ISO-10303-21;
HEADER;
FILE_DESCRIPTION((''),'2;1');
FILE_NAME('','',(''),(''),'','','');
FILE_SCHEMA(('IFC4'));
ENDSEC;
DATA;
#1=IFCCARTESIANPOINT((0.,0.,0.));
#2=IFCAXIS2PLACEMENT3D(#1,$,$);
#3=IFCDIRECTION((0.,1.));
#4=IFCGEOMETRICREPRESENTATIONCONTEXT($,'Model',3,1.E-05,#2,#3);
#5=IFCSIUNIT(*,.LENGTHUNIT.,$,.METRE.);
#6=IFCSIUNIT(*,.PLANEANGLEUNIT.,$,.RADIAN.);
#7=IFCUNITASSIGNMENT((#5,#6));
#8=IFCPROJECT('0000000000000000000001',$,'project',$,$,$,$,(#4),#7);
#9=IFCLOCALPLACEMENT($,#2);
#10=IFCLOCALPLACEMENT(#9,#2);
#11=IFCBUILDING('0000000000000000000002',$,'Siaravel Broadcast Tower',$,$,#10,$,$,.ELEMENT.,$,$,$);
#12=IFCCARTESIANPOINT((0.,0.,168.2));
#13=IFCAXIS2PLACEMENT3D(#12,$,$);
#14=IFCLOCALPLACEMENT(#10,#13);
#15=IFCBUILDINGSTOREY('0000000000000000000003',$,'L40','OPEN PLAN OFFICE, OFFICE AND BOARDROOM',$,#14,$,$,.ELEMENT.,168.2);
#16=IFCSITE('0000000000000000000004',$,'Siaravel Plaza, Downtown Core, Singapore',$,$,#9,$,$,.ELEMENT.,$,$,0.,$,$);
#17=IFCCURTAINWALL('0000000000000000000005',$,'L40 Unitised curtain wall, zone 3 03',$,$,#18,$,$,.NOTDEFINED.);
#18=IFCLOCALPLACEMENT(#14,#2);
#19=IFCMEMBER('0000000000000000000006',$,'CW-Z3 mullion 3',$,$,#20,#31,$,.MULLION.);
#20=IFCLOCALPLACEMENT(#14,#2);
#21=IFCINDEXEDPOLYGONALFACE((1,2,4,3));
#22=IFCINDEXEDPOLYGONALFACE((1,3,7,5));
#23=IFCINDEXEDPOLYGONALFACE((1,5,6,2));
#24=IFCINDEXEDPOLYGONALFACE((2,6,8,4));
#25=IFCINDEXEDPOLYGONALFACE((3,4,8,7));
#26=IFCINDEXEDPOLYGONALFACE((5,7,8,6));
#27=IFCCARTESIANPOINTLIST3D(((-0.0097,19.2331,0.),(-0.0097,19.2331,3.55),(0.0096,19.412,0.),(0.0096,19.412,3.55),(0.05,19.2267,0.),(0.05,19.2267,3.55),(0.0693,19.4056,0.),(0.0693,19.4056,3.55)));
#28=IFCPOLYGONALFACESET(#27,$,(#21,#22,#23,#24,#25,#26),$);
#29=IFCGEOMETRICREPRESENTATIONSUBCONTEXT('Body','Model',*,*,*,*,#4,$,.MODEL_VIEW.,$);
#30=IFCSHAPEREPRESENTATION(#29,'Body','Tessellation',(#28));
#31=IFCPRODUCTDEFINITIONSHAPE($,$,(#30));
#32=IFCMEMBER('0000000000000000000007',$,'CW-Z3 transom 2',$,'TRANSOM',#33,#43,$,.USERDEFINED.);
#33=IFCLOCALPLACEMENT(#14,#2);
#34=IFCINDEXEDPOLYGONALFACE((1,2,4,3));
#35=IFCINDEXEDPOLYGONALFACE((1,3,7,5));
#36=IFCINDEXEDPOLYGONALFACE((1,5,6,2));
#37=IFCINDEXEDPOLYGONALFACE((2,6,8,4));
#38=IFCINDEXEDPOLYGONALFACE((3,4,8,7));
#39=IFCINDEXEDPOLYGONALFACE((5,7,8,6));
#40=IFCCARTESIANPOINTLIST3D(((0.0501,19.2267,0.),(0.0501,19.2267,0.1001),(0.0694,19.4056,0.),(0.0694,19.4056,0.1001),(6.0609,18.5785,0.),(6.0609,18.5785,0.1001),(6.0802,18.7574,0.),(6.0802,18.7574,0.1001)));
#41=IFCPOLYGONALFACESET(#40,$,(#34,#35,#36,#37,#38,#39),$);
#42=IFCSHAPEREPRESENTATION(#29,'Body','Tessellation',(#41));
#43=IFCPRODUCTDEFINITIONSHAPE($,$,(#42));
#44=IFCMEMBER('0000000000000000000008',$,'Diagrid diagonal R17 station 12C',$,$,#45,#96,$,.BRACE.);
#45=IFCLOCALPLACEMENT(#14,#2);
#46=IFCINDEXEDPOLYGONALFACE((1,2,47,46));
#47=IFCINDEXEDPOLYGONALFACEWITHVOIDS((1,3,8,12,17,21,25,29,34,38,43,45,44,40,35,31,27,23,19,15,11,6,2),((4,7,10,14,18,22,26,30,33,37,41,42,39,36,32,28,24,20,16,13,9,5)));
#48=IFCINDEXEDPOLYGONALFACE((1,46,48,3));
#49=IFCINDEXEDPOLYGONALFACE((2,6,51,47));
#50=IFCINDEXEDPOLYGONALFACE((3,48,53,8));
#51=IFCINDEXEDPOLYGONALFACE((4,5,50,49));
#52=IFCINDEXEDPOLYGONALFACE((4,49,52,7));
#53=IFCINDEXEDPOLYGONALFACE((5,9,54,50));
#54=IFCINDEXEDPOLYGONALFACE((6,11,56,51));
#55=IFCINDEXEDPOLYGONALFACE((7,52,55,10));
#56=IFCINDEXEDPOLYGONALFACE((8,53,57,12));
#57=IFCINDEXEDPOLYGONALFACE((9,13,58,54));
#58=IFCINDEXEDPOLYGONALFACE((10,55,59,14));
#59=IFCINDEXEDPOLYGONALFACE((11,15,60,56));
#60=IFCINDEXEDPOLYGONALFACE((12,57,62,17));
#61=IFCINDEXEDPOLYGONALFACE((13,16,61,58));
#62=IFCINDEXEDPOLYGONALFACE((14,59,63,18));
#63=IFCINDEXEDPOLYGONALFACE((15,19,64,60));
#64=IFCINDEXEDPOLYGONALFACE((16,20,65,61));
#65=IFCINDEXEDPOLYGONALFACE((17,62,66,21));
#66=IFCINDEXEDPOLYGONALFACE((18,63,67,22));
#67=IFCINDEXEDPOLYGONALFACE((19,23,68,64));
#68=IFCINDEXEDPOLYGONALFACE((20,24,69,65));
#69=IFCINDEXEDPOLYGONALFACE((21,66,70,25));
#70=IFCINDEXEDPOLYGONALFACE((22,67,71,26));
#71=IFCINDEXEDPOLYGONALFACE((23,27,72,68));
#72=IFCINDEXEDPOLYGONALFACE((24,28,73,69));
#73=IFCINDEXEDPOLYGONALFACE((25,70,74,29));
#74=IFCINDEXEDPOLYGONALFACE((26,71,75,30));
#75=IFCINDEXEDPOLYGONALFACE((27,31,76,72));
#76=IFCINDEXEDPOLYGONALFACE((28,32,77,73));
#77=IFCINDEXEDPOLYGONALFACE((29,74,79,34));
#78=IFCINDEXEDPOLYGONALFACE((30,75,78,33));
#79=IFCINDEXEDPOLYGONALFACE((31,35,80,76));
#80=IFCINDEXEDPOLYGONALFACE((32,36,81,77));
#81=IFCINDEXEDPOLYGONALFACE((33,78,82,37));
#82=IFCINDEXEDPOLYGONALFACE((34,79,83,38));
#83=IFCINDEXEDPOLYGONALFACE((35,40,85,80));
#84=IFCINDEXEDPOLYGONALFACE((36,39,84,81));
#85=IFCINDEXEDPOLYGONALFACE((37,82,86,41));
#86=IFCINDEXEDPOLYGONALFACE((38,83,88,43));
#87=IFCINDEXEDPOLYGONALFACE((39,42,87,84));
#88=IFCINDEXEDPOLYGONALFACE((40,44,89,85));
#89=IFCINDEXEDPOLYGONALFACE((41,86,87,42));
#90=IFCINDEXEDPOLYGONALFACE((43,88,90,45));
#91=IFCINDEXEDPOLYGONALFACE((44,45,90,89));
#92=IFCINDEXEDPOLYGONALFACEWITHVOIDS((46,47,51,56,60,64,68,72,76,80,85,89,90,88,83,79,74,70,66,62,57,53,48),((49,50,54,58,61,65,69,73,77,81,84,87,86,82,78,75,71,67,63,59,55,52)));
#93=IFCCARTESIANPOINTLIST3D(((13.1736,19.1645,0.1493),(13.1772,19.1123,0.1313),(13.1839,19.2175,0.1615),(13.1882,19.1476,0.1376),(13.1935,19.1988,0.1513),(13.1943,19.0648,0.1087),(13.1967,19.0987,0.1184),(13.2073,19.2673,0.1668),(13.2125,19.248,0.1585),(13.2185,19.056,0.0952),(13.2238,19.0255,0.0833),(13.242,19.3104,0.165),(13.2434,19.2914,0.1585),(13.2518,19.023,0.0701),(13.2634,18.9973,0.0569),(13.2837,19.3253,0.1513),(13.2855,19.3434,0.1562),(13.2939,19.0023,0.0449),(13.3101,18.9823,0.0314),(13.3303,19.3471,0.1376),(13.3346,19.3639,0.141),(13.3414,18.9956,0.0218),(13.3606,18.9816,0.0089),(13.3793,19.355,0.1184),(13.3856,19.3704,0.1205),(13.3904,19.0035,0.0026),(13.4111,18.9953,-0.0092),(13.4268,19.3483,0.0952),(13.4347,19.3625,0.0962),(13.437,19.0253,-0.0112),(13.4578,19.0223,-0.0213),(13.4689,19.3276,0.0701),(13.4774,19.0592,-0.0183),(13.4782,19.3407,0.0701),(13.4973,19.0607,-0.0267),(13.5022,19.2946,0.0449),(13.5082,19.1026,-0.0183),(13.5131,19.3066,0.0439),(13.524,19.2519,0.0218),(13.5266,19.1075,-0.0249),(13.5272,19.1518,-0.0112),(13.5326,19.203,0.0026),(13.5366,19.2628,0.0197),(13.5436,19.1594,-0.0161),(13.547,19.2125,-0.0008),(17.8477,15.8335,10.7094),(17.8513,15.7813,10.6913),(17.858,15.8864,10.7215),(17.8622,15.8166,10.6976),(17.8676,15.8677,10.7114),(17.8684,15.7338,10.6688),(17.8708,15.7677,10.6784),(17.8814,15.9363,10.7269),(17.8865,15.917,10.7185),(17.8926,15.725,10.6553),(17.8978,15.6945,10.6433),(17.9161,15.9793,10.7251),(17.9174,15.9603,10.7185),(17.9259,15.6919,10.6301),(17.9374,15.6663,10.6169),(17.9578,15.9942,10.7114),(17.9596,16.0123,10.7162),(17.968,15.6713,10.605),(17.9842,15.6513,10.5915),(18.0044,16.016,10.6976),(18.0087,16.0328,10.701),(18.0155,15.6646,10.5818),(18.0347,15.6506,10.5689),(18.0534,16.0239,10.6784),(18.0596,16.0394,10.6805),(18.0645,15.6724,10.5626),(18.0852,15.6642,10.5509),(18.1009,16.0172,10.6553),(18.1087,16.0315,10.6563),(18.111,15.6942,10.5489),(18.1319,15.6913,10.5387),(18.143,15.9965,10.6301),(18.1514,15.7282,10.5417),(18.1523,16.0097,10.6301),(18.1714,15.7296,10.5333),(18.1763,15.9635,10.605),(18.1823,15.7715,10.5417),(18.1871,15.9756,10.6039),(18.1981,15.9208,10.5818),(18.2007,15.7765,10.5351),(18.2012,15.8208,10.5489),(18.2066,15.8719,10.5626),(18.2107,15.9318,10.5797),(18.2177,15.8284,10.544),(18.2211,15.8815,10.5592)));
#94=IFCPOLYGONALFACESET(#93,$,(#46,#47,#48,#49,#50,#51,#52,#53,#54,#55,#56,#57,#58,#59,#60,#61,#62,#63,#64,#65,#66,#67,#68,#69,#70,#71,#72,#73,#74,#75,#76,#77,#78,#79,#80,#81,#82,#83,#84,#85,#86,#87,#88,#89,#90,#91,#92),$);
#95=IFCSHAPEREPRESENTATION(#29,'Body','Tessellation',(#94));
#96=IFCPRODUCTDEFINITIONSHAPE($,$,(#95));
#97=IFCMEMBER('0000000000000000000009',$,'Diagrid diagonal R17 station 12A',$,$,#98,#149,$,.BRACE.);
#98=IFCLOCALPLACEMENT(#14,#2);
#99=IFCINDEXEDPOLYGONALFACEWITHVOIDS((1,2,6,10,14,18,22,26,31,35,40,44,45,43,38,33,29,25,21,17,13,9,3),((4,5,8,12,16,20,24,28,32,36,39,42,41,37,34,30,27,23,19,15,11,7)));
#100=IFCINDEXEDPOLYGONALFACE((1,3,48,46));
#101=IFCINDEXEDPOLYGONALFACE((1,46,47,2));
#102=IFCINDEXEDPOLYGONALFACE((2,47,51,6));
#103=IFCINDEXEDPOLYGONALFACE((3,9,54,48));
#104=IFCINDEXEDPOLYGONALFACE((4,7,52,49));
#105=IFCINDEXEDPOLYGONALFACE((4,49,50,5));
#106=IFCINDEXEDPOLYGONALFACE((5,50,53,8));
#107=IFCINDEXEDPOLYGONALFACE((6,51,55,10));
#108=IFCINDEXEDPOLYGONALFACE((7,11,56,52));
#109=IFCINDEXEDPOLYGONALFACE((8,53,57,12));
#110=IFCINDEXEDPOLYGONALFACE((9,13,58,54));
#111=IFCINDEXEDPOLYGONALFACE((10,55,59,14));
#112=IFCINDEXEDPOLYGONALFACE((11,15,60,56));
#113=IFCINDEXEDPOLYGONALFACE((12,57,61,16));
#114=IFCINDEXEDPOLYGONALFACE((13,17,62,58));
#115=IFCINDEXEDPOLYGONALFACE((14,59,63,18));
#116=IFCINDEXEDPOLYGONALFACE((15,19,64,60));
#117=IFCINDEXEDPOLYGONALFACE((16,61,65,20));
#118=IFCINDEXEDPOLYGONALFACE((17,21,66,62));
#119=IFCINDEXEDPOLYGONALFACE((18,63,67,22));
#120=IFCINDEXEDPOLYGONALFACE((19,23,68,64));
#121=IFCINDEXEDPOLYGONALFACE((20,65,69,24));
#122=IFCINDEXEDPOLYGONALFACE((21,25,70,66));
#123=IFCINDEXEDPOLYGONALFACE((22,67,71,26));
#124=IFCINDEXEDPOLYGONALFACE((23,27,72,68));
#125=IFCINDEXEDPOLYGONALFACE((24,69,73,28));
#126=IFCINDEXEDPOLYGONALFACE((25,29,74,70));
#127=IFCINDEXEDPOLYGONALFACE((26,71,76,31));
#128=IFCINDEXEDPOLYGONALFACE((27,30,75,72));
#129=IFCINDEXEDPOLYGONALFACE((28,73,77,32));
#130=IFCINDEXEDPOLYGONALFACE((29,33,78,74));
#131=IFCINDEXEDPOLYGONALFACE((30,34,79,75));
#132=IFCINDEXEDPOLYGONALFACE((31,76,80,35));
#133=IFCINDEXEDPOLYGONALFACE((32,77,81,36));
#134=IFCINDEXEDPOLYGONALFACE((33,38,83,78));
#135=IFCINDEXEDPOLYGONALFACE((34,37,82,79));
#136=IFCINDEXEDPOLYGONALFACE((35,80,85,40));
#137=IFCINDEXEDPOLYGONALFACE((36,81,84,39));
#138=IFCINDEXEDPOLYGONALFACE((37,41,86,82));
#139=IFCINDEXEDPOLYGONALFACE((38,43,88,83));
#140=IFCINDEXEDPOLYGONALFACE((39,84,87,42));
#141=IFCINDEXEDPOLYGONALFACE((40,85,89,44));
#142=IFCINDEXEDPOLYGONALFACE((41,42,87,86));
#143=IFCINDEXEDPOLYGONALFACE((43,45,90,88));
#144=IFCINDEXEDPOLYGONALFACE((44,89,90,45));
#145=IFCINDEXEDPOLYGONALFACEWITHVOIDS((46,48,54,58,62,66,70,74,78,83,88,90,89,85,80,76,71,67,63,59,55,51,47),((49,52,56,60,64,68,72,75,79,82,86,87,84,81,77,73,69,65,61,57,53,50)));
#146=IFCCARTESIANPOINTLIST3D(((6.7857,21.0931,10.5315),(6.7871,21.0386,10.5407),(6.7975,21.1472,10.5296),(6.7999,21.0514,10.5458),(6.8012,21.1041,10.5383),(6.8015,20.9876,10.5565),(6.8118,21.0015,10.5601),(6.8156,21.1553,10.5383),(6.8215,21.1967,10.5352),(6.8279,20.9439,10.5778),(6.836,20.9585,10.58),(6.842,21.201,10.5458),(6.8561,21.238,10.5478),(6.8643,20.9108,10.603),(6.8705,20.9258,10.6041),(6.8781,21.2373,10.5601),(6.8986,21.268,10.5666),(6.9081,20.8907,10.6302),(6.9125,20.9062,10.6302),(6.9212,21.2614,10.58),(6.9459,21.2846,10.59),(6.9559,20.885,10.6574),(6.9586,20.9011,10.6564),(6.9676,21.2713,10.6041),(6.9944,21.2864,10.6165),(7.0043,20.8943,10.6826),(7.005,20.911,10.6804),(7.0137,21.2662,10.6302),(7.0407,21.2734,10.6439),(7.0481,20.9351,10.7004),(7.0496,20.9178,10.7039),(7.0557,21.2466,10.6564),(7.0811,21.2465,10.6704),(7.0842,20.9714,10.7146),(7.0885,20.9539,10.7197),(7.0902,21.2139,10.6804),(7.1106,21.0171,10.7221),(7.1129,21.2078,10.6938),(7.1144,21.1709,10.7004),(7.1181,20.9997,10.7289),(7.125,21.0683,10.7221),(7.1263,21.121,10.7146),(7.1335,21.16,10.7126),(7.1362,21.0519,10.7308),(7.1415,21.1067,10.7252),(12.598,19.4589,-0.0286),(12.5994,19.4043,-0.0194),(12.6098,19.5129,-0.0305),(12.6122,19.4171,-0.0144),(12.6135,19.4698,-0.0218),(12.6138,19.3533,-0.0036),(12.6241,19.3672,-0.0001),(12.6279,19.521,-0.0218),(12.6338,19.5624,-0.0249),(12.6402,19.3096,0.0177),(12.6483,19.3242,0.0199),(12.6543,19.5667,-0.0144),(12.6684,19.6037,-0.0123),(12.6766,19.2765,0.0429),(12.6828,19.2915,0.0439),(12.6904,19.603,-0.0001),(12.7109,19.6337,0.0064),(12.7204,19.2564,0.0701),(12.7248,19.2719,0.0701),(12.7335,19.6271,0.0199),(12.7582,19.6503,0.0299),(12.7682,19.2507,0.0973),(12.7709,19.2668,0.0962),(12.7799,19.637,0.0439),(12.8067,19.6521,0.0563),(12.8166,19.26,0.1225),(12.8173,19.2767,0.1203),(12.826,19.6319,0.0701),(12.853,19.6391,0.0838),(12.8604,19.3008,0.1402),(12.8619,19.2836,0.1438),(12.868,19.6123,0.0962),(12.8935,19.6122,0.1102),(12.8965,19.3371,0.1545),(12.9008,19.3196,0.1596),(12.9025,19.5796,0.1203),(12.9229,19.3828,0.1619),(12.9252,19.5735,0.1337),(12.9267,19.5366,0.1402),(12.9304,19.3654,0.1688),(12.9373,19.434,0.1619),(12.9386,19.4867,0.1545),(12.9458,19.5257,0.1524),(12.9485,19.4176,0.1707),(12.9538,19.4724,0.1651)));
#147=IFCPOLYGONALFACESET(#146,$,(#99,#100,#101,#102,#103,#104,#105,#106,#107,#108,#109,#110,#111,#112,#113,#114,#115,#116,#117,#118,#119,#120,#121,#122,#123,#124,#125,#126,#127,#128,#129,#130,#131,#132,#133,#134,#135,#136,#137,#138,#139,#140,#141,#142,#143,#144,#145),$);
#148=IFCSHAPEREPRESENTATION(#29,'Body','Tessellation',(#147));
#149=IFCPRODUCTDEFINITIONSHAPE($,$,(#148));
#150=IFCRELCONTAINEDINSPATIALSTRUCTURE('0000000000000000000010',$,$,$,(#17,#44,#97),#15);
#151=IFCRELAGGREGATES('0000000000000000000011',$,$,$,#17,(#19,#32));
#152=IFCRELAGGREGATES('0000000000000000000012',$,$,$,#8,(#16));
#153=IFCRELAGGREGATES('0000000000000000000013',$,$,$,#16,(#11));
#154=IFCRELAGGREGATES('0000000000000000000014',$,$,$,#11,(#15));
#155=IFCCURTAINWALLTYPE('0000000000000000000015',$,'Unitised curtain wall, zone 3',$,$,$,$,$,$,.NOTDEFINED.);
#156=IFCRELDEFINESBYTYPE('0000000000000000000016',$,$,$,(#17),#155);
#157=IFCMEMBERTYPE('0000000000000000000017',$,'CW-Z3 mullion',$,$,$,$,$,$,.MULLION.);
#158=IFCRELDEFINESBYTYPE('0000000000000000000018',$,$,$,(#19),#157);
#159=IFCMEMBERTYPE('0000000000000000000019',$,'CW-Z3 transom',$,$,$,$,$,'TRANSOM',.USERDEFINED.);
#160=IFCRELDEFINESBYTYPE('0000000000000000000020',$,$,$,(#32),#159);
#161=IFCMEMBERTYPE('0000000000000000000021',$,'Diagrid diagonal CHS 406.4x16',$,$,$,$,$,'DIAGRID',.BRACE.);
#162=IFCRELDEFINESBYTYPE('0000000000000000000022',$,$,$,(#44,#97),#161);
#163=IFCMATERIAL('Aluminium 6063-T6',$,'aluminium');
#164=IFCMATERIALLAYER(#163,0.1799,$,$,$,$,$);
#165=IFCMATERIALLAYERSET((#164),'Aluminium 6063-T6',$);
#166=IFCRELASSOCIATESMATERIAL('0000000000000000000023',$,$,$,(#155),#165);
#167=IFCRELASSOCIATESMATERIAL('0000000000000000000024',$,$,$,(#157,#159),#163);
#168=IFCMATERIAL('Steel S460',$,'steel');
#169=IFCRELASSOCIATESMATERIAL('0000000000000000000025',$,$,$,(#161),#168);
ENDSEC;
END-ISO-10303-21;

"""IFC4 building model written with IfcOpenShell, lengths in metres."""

from ifc_helpers import new_model, si_unit, direction, frame, origin, origin_2d, place, context, subcontext, project, spatial, rectangle, hollow_circle, extrude, material, layer, layer_set, material_profile, profile_set, type_object, element, aggregate, save


model = new_model("IFC4")

# Units and contexts
model_context = context("Model", 3, precision=1e-05, world=origin(), true_north=direction((0.0, 1.0)))
body_context = subcontext(model_context, "Body", "Model", "MODEL_VIEW")
ifc_project = project(units=[si_unit("LENGTHUNIT", "METRE"), si_unit("PLANEANGLEUNIT", "RADIAN")], contexts=[model_context])

# Site, building, storey
site_placement = place(None, origin())
site = spatial("IfcSite", under=ifc_project, at=site_placement, Name="Siaravel Plaza, Downtown Core, Singapore", CompositionType="ELEMENT", RefElevation=0.0)
building_placement = place(site_placement, origin())
building = spatial("IfcBuilding", under=site, at=building_placement, Name="Siaravel Broadcast Tower", CompositionType="ELEMENT")
storey_placement = place(building_placement, frame((0.0, 0.0, 168.2)))
storey = spatial("IfcBuildingStorey", under=building, at=storey_placement, Name="L40", Description="OPEN PLAN OFFICE, OFFICE AND BOARDROOM", CompositionType="ELEMENT", Elevation=168.2)

# Curtain wall, members
ifc_material_1 = material(Name="Aluminium 6063-T6", Category="aluminium")
ifc_layer_1 = layer(ifc_material_1, 0.1799)
ifc_layer_set_1 = layer_set([ifc_layer_1], Name="Aluminium 6063-T6")
curtain_wall_type = type_object("IfcCurtainWallType", Name="Unitised curtain wall, zone 3", PredefinedType="NOTDEFINED", material=ifc_layer_set_1)
curtain_wall_placement = place(storey_placement, origin())
curtain_wall = element("IfcCurtainWall", 1, at=curtain_wall_placement, inside=storey, type_object=curtain_wall_type, Name="L40 Unitised curtain wall, zone 3 03", PredefinedType="NOTDEFINED")
ifc_material_profile_1 = material_profile(ifc_material_1, rectangle(XDim=0.1799, YDim=0.0601, at=origin_2d()))
ifc_profile_set_1 = profile_set([ifc_material_profile_1], Name="Aluminium 6063-T6")
member_type_1 = type_object("IfcMemberType", Name="CW-Z3 mullion", PredefinedType="MULLION", material=ifc_profile_set_1)
member_1_placement = place(storey_placement, frame((0.0298, 19.3193, 0.0), z_axis=(0.0, 0.0, 1.0), x_axis=(-0.107217, -0.994236, 0.0)))
member_1 = element("IfcMember", 2, at=member_1_placement, type_object=member_type_1, Name="CW-Z3 mullion 3", PredefinedType="MULLION", context=body_context, shape_type="SweptSolid", body=[
    extrude(rectangle(XDim=0.1799, YDim=0.0601, at=origin_2d()), origin(), (0.0, 0.0, 1.0), 3.55),
])
ifc_material_profile_2 = material_profile(ifc_material_1, rectangle(XDim=0.1799, YDim=0.1001, at=origin_2d()))
ifc_profile_set_2 = profile_set([ifc_material_profile_2], Name="Aluminium 6063-T6")
member_type_2 = type_object("IfcMemberType", Name="CW-Z3 transom", ElementType="TRANSOM", PredefinedType="USERDEFINED", material=ifc_profile_set_2)
member_2_placement = place(storey_placement, frame((6.0706, 18.668, 0.05), z_axis=(-0.994236, 0.107218, 0.0), x_axis=(-0.107218, -0.994236, 0.0)))
member_2 = element("IfcMember", 3, at=member_2_placement, type_object=member_type_2, Name="CW-Z3 transom 2", ObjectType="TRANSOM", PredefinedType="USERDEFINED", context=body_context, shape_type="SweptSolid", body=[
    extrude(rectangle(XDim=0.1799, YDim=0.1001, at=origin_2d()), origin(), (0.0, 0.0, 1.0), 6.0457),
])

# Members
ifc_material_2 = material(Name="Steel S460", Category="steel")
ifc_material_profile_3 = material_profile(ifc_material_2, hollow_circle(Radius=0.2031, WallThickness=0.0161, at=origin_2d()))
ifc_profile_set_3 = profile_set([ifc_material_profile_3], Name="Steel S460")
member_type_3 = type_object("IfcMemberType", Name="Diagrid diagonal CHS 406.4x16", ElementType="DIAGRID", PredefinedType="BRACE", material=ifc_profile_set_3)
member_3_placement = place(storey_placement, frame((13.3604, 19.1753, 0.0701), z_axis=(0.388888, -0.277148, 0.87861), x_axis=(0.580365, 0.814357, 0.0)))
element("IfcMember", 4, at=member_3_placement, inside=storey, type_object=member_type_3, Name="Diagrid diagonal R17 station 12C", PredefinedType="BRACE", context=body_context, shape_type="SweptSolid", body=[
    extrude(hollow_circle(Radius=0.2031, WallThickness=0.0161, at=origin_2d()), origin(), (0.0, 0.0, 1.0), 12.019),
])
member_4_placement = place(storey_placement, frame((12.7754, 19.4519, 0.0701), z_axis=(-0.477816, 0.134351, 0.868125), x_axis=(-0.270681, -0.962669, 0.0)))
element("IfcMember", 5, at=member_4_placement, inside=storey, type_object=member_type_3, Name="Diagrid diagonal R17 station 12A", PredefinedType="BRACE", context=body_context, shape_type="SweptSolid", body=[
    extrude(hollow_circle(Radius=0.2031, WallThickness=0.0161, at=origin_2d()), origin(), (0.0, 0.0, 1.0), 12.1643),
])

aggregate(curtain_wall, [member_1, member_2])

save(model, "model.ifc")
